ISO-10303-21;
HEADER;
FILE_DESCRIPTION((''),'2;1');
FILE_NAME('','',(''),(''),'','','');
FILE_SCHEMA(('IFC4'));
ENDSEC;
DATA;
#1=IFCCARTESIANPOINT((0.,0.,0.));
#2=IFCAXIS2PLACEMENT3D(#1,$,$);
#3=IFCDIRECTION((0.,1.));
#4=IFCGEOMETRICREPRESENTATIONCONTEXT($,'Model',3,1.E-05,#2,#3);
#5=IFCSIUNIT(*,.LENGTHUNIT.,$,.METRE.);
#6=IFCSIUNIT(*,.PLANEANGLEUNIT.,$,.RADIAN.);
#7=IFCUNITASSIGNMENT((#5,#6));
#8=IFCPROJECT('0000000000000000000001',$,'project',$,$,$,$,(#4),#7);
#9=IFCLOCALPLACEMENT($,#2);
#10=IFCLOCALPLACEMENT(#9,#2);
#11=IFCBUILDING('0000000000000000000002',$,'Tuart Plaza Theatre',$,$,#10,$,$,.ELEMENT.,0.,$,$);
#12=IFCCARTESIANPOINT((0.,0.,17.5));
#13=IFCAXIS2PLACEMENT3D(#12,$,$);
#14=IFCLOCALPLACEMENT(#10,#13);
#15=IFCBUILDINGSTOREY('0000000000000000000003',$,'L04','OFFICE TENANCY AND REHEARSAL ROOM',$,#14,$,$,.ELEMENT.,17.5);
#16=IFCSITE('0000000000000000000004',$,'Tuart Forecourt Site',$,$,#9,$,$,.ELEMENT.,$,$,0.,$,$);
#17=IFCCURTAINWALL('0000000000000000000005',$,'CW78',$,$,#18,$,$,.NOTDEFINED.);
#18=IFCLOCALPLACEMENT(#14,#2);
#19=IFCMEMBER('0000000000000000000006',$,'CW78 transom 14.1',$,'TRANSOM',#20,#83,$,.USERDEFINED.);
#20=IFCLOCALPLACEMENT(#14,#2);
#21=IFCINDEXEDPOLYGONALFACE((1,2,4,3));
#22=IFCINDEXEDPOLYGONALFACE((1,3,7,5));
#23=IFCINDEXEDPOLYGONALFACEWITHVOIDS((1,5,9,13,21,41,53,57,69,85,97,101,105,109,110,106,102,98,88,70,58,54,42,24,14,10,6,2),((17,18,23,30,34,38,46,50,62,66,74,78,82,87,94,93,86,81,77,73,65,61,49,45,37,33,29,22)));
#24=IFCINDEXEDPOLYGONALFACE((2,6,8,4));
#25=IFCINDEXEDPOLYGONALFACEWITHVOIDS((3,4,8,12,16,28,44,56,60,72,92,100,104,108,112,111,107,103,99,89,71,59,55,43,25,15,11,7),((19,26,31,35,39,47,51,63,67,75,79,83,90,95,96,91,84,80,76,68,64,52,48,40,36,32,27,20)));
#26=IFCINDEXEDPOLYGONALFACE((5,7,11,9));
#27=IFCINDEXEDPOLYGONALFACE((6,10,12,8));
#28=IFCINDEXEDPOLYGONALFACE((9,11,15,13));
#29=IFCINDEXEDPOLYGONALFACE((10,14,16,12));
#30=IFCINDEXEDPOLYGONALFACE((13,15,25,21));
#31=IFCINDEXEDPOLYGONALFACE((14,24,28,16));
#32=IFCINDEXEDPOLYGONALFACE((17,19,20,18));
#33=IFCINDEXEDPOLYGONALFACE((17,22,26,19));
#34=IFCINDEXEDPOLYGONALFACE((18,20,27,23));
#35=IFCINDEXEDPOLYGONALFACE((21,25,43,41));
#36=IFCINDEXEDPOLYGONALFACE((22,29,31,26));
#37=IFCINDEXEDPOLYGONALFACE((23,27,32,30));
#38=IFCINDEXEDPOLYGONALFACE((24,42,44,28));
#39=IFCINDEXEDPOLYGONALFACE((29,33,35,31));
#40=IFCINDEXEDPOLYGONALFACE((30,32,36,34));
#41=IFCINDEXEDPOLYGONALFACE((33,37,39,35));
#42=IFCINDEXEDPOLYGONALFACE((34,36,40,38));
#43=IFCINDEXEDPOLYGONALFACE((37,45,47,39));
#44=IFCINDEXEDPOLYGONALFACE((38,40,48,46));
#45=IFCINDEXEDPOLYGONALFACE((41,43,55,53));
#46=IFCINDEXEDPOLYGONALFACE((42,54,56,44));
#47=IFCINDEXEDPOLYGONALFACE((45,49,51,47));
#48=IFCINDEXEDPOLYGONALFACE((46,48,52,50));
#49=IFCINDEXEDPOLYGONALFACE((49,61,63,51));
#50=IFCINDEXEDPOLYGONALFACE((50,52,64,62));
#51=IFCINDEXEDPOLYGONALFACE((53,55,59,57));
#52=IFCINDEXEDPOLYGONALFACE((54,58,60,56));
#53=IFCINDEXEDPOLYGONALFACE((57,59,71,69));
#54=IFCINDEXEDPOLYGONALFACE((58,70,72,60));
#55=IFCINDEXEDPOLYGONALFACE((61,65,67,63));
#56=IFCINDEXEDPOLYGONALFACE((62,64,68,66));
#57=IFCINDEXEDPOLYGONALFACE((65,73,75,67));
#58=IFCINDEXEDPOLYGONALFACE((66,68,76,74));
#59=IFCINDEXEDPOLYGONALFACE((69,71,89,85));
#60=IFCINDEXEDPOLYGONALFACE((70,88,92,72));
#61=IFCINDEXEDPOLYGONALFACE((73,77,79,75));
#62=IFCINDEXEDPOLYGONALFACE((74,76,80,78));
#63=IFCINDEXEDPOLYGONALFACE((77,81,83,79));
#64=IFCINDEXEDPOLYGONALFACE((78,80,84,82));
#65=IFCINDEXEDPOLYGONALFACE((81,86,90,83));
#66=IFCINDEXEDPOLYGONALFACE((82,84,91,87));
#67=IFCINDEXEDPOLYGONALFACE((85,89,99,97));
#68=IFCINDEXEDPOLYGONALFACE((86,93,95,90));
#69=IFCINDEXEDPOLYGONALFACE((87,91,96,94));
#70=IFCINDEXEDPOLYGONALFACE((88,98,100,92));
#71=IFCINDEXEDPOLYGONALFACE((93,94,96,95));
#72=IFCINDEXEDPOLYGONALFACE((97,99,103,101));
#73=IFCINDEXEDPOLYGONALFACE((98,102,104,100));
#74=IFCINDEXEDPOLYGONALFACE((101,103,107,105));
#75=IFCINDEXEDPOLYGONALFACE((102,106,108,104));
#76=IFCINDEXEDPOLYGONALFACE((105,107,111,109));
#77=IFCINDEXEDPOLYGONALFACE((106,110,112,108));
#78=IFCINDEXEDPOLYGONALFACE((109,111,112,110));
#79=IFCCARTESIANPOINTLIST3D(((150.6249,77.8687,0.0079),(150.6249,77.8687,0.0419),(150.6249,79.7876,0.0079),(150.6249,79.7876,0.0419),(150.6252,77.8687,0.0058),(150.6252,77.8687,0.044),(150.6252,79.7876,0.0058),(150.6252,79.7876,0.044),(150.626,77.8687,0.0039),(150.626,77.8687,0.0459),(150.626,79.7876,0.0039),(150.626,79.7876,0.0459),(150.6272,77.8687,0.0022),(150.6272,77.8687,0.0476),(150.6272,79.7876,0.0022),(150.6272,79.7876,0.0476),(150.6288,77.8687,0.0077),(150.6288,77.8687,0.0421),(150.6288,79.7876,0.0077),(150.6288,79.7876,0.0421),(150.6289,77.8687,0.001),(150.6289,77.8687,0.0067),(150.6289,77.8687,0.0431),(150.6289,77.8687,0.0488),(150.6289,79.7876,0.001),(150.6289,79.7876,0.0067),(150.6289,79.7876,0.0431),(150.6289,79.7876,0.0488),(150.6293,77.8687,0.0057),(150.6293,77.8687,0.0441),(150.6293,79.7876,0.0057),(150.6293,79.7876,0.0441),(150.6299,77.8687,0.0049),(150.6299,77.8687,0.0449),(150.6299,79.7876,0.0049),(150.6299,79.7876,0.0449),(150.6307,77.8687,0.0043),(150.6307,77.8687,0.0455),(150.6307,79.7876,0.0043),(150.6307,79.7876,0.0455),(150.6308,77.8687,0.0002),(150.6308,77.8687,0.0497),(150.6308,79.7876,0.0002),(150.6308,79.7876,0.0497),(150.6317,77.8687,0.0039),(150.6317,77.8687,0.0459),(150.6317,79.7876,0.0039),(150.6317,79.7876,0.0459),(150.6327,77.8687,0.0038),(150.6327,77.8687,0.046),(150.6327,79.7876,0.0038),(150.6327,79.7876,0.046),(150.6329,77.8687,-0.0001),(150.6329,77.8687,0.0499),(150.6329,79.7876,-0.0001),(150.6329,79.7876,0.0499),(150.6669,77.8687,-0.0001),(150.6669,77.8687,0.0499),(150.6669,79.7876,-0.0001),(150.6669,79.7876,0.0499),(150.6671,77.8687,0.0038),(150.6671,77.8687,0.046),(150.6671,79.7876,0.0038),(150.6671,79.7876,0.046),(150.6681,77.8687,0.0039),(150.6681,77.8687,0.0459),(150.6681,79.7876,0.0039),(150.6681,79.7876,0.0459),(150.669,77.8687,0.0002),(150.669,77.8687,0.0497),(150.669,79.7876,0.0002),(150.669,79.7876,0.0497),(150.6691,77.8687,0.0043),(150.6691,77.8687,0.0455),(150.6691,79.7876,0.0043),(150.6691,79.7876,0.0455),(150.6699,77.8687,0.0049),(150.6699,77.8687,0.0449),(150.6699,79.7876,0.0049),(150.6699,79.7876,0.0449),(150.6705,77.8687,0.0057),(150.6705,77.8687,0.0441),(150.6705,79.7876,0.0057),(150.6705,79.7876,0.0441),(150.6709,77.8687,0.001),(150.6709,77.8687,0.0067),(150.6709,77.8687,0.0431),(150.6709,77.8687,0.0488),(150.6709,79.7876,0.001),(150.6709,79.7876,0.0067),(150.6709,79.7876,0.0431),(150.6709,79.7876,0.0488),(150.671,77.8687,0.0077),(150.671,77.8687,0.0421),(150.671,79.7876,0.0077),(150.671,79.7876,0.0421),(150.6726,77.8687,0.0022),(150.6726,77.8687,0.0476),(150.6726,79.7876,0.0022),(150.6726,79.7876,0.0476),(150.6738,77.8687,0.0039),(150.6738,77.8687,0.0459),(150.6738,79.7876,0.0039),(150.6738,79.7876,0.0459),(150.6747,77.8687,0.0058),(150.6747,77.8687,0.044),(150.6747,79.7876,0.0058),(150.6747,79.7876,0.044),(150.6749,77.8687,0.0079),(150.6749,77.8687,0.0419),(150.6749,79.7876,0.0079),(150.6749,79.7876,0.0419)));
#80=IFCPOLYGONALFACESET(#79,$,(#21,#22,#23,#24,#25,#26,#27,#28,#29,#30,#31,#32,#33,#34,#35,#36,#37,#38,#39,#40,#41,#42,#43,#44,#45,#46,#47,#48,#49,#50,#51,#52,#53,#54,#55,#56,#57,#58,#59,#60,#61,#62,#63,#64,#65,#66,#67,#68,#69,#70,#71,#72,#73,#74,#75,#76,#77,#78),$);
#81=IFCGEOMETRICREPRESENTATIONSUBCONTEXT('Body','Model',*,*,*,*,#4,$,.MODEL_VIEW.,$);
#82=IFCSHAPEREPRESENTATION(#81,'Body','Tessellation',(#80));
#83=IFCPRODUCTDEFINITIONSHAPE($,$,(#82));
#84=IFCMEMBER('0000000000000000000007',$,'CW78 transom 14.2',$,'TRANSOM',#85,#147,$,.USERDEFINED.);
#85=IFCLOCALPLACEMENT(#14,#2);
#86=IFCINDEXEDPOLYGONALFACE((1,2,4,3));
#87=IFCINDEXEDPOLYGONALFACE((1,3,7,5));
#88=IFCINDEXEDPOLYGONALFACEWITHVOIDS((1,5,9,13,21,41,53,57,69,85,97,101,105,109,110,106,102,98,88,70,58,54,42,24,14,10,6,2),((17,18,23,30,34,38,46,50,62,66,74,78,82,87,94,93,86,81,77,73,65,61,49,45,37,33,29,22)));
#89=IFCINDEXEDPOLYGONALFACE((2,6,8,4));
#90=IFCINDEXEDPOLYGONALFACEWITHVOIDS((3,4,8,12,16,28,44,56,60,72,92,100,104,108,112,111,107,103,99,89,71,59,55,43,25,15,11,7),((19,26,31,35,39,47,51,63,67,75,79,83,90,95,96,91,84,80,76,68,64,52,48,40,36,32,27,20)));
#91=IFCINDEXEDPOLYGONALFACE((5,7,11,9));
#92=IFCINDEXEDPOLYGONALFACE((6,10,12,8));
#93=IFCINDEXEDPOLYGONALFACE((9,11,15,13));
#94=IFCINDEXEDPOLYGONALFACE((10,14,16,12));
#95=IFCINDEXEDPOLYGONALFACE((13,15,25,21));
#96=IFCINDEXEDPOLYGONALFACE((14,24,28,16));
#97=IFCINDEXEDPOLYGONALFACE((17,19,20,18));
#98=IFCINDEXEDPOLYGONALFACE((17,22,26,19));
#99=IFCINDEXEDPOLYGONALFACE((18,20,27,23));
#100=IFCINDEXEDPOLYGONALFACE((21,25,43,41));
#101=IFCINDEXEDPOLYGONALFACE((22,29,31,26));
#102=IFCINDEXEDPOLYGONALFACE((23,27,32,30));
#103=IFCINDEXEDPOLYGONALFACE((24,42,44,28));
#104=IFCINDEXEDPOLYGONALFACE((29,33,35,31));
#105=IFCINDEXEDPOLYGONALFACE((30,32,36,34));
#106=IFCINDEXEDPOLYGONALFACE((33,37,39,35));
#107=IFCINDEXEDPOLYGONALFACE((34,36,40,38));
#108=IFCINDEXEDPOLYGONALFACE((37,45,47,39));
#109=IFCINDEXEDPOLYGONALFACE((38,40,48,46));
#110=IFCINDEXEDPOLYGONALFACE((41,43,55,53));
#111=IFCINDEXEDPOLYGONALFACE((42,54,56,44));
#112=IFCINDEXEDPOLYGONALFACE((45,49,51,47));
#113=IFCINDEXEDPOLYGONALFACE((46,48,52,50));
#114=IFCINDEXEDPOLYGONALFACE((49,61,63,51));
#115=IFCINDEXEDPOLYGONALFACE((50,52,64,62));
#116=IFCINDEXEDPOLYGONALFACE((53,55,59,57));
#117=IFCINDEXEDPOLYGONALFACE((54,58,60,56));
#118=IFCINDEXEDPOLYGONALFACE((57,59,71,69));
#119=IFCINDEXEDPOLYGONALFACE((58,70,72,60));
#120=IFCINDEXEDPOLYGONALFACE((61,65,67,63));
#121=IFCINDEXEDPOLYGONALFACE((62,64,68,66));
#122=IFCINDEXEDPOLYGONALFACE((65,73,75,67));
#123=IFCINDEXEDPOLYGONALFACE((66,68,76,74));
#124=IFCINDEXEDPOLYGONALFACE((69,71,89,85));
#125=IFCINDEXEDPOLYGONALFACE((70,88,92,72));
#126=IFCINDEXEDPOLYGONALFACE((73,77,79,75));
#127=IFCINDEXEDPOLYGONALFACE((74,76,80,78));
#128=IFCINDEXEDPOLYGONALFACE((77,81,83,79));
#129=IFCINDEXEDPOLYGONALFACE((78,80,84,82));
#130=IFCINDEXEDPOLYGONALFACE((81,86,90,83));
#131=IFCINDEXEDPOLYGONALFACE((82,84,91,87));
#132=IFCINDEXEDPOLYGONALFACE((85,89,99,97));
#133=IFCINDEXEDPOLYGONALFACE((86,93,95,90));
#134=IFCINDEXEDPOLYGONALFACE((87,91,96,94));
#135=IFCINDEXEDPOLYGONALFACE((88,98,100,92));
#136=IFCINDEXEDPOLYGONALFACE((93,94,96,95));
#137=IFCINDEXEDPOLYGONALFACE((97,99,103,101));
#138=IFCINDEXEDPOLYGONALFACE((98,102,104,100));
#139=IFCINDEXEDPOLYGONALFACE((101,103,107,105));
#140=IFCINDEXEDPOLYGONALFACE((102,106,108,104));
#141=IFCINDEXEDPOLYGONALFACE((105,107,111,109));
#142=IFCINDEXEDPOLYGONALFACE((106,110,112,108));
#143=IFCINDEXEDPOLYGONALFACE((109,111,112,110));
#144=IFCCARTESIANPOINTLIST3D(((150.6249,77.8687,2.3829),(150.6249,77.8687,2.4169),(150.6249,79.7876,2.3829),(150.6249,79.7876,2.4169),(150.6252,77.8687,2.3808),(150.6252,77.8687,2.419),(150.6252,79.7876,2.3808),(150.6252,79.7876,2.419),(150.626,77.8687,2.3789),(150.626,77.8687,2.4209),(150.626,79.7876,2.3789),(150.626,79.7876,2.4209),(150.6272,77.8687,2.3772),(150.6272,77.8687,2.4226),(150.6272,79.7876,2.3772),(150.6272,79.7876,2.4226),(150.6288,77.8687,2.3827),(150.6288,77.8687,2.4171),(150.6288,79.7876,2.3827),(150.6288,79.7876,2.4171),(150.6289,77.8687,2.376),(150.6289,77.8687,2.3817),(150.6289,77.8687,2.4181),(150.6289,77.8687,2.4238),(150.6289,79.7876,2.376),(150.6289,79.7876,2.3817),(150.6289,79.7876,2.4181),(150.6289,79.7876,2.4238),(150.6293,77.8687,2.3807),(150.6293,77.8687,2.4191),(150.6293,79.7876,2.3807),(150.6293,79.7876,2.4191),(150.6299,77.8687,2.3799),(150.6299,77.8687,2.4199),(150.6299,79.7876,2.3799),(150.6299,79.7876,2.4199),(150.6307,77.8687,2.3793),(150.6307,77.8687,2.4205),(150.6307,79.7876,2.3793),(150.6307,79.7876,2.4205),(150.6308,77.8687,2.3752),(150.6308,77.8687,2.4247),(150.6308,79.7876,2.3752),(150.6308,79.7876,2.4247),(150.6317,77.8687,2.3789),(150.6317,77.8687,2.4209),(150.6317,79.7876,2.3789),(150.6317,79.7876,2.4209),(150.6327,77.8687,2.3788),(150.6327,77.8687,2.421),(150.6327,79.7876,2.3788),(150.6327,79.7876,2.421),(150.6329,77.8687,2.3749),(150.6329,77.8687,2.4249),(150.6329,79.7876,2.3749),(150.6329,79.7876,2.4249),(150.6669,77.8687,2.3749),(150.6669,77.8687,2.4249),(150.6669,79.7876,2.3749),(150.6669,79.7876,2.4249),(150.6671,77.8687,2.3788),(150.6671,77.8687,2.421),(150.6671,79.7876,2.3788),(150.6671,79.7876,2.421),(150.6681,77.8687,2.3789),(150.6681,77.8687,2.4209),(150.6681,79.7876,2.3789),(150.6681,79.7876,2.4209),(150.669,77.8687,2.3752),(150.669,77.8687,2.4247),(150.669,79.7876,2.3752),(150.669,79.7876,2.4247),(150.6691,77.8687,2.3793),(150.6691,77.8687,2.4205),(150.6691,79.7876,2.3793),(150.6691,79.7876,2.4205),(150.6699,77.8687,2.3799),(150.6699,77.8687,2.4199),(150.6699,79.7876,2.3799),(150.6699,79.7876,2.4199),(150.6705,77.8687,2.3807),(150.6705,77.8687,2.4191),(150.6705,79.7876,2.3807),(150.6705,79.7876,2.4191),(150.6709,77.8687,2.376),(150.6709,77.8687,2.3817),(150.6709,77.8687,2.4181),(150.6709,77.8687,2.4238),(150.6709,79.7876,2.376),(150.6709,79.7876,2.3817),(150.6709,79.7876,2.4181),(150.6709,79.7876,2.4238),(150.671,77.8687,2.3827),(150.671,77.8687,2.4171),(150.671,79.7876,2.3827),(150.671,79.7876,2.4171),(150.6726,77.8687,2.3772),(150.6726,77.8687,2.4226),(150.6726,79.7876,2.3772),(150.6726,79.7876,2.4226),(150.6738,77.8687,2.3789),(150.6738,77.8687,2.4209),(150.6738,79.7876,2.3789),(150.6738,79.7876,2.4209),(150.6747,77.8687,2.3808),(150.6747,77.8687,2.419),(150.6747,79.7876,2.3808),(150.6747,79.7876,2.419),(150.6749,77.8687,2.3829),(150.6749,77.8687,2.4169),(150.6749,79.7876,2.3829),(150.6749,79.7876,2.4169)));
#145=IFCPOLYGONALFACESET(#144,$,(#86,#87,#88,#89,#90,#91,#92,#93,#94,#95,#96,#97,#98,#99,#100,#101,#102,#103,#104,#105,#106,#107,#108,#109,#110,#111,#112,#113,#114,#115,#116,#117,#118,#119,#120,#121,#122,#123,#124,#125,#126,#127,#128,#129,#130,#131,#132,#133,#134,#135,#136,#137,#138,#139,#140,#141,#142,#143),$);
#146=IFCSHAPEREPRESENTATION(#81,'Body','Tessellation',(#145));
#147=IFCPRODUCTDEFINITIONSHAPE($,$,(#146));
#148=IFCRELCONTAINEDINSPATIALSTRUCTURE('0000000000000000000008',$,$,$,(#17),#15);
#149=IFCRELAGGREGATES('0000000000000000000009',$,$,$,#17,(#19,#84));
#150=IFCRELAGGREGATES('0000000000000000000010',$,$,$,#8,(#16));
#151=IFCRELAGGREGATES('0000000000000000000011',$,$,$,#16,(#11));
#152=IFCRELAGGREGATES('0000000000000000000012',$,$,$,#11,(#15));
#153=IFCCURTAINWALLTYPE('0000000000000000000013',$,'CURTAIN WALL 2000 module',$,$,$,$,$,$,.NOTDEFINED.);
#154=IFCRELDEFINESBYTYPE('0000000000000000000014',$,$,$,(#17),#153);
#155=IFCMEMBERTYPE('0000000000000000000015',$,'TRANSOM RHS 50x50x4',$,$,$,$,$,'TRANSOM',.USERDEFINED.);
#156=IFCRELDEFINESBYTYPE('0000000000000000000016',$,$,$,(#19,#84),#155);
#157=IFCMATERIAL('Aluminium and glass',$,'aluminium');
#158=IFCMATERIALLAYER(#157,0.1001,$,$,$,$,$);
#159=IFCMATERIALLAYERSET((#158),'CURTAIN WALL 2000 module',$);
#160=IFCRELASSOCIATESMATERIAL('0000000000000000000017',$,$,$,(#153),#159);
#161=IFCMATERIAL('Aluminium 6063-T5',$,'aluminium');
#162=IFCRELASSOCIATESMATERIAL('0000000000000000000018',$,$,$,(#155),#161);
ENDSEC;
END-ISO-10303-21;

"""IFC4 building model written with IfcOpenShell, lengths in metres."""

from ifc_helpers import new_model, si_unit, direction, frame, origin, origin_2d, place, context, subcontext, project, spatial, hollow_rectangle, extrude, material, layer, layer_set, material_profile, profile_set, type_object, element, aggregate, save


model = new_model("IFC4")

# Units and contexts
model_context = context("Model", 3, precision=1e-05, world=origin(), true_north=direction((0.0, 1.0)))
body_context = subcontext(model_context, "Body", "Model", "MODEL_VIEW")
ifc_project = project(units=[si_unit("LENGTHUNIT", "METRE"), si_unit("PLANEANGLEUNIT", "RADIAN")], contexts=[model_context])

# Site, building, storey
site_placement = place(None, origin())
site = spatial("IfcSite", under=ifc_project, at=site_placement, Name="Tuart Forecourt Site", CompositionType="ELEMENT", RefElevation=0.0)
building_placement = place(site_placement, origin())
building = spatial("IfcBuilding", under=site, at=building_placement, Name="Tuart Plaza Theatre", CompositionType="ELEMENT", ElevationOfRefHeight=0.0)
storey_placement = place(building_placement, frame((0.0, 0.0, 17.5)))
storey = spatial("IfcBuildingStorey", under=building, at=storey_placement, Name="L04", Description="OFFICE TENANCY AND REHEARSAL ROOM", CompositionType="ELEMENT", Elevation=17.5)

# Curtain wall
ifc_material_1 = material(Name="Aluminium and glass", Category="aluminium")
ifc_layer_1 = layer(ifc_material_1, 0.1001)
ifc_layer_set_1 = layer_set([ifc_layer_1], Name="CURTAIN WALL 2000 module")
curtain_wall_type = type_object("IfcCurtainWallType", Name="CURTAIN WALL 2000 module", PredefinedType="NOTDEFINED", material=ifc_layer_set_1)
curtain_wall_1_placement = place(storey_placement, origin())
curtain_wall_1 = element("IfcCurtainWall", 1, at=curtain_wall_1_placement, inside=storey, type_object=curtain_wall_type, Name="CW78", PredefinedType="NOTDEFINED")

# Members
ifc_material_2 = material(Name="Aluminium 6063-T5", Category="aluminium")
ifc_material_profile_1 = material_profile(ifc_material_2, hollow_rectangle(XDim=0.05, YDim=0.05, WallThickness=0.0039, InnerFilletRadius=0.0039, OuterFilletRadius=0.0081, at=origin_2d()), Name="RHS 50x50x4")
ifc_profile_set_1 = profile_set([ifc_material_profile_1], Name="Aluminium 6063-T5")
member_type_1 = type_object("IfcMemberType", Name="TRANSOM RHS 50x50x4", ElementType="TRANSOM", PredefinedType="USERDEFINED", material=ifc_profile_set_1)
member_1_placement = place(storey_placement, frame((150.6499, 77.8687, 0.0249), z_axis=(0.0, 1.0, 0.0), x_axis=(-1.0, 0.0, 0.0)))
member_1 = element("IfcMember", 2, at=member_1_placement, type_object=member_type_1, Name="CW78 transom 14.1", ObjectType="TRANSOM", PredefinedType="USERDEFINED", context=body_context, shape_type="SweptSolid", body=[
    extrude(hollow_rectangle(XDim=0.05, YDim=0.05, WallThickness=0.0039, InnerFilletRadius=0.0039, OuterFilletRadius=0.0081, at=origin_2d()), origin(), (0.0, 0.0, 1.0), 1.9189),
])
member_2_placement = place(storey_placement, frame((150.6499, 77.8687, 2.3999), z_axis=(0.0, 1.0, 0.0), x_axis=(-1.0, 0.0, 0.0)))
member_2 = element("IfcMember", 3, at=member_2_placement, type_object=member_type_1, Name="CW78 transom 14.2", ObjectType="TRANSOM", PredefinedType="USERDEFINED", context=body_context, shape_type="SweptSolid", body=[
    extrude(hollow_rectangle(XDim=0.05, YDim=0.05, WallThickness=0.0039, InnerFilletRadius=0.0039, OuterFilletRadius=0.0081, at=origin_2d()), origin(), (0.0, 0.0, 1.0), 1.9189),
])

aggregate(curtain_wall_1, [member_1, member_2])

save(model, "model.ifc")
